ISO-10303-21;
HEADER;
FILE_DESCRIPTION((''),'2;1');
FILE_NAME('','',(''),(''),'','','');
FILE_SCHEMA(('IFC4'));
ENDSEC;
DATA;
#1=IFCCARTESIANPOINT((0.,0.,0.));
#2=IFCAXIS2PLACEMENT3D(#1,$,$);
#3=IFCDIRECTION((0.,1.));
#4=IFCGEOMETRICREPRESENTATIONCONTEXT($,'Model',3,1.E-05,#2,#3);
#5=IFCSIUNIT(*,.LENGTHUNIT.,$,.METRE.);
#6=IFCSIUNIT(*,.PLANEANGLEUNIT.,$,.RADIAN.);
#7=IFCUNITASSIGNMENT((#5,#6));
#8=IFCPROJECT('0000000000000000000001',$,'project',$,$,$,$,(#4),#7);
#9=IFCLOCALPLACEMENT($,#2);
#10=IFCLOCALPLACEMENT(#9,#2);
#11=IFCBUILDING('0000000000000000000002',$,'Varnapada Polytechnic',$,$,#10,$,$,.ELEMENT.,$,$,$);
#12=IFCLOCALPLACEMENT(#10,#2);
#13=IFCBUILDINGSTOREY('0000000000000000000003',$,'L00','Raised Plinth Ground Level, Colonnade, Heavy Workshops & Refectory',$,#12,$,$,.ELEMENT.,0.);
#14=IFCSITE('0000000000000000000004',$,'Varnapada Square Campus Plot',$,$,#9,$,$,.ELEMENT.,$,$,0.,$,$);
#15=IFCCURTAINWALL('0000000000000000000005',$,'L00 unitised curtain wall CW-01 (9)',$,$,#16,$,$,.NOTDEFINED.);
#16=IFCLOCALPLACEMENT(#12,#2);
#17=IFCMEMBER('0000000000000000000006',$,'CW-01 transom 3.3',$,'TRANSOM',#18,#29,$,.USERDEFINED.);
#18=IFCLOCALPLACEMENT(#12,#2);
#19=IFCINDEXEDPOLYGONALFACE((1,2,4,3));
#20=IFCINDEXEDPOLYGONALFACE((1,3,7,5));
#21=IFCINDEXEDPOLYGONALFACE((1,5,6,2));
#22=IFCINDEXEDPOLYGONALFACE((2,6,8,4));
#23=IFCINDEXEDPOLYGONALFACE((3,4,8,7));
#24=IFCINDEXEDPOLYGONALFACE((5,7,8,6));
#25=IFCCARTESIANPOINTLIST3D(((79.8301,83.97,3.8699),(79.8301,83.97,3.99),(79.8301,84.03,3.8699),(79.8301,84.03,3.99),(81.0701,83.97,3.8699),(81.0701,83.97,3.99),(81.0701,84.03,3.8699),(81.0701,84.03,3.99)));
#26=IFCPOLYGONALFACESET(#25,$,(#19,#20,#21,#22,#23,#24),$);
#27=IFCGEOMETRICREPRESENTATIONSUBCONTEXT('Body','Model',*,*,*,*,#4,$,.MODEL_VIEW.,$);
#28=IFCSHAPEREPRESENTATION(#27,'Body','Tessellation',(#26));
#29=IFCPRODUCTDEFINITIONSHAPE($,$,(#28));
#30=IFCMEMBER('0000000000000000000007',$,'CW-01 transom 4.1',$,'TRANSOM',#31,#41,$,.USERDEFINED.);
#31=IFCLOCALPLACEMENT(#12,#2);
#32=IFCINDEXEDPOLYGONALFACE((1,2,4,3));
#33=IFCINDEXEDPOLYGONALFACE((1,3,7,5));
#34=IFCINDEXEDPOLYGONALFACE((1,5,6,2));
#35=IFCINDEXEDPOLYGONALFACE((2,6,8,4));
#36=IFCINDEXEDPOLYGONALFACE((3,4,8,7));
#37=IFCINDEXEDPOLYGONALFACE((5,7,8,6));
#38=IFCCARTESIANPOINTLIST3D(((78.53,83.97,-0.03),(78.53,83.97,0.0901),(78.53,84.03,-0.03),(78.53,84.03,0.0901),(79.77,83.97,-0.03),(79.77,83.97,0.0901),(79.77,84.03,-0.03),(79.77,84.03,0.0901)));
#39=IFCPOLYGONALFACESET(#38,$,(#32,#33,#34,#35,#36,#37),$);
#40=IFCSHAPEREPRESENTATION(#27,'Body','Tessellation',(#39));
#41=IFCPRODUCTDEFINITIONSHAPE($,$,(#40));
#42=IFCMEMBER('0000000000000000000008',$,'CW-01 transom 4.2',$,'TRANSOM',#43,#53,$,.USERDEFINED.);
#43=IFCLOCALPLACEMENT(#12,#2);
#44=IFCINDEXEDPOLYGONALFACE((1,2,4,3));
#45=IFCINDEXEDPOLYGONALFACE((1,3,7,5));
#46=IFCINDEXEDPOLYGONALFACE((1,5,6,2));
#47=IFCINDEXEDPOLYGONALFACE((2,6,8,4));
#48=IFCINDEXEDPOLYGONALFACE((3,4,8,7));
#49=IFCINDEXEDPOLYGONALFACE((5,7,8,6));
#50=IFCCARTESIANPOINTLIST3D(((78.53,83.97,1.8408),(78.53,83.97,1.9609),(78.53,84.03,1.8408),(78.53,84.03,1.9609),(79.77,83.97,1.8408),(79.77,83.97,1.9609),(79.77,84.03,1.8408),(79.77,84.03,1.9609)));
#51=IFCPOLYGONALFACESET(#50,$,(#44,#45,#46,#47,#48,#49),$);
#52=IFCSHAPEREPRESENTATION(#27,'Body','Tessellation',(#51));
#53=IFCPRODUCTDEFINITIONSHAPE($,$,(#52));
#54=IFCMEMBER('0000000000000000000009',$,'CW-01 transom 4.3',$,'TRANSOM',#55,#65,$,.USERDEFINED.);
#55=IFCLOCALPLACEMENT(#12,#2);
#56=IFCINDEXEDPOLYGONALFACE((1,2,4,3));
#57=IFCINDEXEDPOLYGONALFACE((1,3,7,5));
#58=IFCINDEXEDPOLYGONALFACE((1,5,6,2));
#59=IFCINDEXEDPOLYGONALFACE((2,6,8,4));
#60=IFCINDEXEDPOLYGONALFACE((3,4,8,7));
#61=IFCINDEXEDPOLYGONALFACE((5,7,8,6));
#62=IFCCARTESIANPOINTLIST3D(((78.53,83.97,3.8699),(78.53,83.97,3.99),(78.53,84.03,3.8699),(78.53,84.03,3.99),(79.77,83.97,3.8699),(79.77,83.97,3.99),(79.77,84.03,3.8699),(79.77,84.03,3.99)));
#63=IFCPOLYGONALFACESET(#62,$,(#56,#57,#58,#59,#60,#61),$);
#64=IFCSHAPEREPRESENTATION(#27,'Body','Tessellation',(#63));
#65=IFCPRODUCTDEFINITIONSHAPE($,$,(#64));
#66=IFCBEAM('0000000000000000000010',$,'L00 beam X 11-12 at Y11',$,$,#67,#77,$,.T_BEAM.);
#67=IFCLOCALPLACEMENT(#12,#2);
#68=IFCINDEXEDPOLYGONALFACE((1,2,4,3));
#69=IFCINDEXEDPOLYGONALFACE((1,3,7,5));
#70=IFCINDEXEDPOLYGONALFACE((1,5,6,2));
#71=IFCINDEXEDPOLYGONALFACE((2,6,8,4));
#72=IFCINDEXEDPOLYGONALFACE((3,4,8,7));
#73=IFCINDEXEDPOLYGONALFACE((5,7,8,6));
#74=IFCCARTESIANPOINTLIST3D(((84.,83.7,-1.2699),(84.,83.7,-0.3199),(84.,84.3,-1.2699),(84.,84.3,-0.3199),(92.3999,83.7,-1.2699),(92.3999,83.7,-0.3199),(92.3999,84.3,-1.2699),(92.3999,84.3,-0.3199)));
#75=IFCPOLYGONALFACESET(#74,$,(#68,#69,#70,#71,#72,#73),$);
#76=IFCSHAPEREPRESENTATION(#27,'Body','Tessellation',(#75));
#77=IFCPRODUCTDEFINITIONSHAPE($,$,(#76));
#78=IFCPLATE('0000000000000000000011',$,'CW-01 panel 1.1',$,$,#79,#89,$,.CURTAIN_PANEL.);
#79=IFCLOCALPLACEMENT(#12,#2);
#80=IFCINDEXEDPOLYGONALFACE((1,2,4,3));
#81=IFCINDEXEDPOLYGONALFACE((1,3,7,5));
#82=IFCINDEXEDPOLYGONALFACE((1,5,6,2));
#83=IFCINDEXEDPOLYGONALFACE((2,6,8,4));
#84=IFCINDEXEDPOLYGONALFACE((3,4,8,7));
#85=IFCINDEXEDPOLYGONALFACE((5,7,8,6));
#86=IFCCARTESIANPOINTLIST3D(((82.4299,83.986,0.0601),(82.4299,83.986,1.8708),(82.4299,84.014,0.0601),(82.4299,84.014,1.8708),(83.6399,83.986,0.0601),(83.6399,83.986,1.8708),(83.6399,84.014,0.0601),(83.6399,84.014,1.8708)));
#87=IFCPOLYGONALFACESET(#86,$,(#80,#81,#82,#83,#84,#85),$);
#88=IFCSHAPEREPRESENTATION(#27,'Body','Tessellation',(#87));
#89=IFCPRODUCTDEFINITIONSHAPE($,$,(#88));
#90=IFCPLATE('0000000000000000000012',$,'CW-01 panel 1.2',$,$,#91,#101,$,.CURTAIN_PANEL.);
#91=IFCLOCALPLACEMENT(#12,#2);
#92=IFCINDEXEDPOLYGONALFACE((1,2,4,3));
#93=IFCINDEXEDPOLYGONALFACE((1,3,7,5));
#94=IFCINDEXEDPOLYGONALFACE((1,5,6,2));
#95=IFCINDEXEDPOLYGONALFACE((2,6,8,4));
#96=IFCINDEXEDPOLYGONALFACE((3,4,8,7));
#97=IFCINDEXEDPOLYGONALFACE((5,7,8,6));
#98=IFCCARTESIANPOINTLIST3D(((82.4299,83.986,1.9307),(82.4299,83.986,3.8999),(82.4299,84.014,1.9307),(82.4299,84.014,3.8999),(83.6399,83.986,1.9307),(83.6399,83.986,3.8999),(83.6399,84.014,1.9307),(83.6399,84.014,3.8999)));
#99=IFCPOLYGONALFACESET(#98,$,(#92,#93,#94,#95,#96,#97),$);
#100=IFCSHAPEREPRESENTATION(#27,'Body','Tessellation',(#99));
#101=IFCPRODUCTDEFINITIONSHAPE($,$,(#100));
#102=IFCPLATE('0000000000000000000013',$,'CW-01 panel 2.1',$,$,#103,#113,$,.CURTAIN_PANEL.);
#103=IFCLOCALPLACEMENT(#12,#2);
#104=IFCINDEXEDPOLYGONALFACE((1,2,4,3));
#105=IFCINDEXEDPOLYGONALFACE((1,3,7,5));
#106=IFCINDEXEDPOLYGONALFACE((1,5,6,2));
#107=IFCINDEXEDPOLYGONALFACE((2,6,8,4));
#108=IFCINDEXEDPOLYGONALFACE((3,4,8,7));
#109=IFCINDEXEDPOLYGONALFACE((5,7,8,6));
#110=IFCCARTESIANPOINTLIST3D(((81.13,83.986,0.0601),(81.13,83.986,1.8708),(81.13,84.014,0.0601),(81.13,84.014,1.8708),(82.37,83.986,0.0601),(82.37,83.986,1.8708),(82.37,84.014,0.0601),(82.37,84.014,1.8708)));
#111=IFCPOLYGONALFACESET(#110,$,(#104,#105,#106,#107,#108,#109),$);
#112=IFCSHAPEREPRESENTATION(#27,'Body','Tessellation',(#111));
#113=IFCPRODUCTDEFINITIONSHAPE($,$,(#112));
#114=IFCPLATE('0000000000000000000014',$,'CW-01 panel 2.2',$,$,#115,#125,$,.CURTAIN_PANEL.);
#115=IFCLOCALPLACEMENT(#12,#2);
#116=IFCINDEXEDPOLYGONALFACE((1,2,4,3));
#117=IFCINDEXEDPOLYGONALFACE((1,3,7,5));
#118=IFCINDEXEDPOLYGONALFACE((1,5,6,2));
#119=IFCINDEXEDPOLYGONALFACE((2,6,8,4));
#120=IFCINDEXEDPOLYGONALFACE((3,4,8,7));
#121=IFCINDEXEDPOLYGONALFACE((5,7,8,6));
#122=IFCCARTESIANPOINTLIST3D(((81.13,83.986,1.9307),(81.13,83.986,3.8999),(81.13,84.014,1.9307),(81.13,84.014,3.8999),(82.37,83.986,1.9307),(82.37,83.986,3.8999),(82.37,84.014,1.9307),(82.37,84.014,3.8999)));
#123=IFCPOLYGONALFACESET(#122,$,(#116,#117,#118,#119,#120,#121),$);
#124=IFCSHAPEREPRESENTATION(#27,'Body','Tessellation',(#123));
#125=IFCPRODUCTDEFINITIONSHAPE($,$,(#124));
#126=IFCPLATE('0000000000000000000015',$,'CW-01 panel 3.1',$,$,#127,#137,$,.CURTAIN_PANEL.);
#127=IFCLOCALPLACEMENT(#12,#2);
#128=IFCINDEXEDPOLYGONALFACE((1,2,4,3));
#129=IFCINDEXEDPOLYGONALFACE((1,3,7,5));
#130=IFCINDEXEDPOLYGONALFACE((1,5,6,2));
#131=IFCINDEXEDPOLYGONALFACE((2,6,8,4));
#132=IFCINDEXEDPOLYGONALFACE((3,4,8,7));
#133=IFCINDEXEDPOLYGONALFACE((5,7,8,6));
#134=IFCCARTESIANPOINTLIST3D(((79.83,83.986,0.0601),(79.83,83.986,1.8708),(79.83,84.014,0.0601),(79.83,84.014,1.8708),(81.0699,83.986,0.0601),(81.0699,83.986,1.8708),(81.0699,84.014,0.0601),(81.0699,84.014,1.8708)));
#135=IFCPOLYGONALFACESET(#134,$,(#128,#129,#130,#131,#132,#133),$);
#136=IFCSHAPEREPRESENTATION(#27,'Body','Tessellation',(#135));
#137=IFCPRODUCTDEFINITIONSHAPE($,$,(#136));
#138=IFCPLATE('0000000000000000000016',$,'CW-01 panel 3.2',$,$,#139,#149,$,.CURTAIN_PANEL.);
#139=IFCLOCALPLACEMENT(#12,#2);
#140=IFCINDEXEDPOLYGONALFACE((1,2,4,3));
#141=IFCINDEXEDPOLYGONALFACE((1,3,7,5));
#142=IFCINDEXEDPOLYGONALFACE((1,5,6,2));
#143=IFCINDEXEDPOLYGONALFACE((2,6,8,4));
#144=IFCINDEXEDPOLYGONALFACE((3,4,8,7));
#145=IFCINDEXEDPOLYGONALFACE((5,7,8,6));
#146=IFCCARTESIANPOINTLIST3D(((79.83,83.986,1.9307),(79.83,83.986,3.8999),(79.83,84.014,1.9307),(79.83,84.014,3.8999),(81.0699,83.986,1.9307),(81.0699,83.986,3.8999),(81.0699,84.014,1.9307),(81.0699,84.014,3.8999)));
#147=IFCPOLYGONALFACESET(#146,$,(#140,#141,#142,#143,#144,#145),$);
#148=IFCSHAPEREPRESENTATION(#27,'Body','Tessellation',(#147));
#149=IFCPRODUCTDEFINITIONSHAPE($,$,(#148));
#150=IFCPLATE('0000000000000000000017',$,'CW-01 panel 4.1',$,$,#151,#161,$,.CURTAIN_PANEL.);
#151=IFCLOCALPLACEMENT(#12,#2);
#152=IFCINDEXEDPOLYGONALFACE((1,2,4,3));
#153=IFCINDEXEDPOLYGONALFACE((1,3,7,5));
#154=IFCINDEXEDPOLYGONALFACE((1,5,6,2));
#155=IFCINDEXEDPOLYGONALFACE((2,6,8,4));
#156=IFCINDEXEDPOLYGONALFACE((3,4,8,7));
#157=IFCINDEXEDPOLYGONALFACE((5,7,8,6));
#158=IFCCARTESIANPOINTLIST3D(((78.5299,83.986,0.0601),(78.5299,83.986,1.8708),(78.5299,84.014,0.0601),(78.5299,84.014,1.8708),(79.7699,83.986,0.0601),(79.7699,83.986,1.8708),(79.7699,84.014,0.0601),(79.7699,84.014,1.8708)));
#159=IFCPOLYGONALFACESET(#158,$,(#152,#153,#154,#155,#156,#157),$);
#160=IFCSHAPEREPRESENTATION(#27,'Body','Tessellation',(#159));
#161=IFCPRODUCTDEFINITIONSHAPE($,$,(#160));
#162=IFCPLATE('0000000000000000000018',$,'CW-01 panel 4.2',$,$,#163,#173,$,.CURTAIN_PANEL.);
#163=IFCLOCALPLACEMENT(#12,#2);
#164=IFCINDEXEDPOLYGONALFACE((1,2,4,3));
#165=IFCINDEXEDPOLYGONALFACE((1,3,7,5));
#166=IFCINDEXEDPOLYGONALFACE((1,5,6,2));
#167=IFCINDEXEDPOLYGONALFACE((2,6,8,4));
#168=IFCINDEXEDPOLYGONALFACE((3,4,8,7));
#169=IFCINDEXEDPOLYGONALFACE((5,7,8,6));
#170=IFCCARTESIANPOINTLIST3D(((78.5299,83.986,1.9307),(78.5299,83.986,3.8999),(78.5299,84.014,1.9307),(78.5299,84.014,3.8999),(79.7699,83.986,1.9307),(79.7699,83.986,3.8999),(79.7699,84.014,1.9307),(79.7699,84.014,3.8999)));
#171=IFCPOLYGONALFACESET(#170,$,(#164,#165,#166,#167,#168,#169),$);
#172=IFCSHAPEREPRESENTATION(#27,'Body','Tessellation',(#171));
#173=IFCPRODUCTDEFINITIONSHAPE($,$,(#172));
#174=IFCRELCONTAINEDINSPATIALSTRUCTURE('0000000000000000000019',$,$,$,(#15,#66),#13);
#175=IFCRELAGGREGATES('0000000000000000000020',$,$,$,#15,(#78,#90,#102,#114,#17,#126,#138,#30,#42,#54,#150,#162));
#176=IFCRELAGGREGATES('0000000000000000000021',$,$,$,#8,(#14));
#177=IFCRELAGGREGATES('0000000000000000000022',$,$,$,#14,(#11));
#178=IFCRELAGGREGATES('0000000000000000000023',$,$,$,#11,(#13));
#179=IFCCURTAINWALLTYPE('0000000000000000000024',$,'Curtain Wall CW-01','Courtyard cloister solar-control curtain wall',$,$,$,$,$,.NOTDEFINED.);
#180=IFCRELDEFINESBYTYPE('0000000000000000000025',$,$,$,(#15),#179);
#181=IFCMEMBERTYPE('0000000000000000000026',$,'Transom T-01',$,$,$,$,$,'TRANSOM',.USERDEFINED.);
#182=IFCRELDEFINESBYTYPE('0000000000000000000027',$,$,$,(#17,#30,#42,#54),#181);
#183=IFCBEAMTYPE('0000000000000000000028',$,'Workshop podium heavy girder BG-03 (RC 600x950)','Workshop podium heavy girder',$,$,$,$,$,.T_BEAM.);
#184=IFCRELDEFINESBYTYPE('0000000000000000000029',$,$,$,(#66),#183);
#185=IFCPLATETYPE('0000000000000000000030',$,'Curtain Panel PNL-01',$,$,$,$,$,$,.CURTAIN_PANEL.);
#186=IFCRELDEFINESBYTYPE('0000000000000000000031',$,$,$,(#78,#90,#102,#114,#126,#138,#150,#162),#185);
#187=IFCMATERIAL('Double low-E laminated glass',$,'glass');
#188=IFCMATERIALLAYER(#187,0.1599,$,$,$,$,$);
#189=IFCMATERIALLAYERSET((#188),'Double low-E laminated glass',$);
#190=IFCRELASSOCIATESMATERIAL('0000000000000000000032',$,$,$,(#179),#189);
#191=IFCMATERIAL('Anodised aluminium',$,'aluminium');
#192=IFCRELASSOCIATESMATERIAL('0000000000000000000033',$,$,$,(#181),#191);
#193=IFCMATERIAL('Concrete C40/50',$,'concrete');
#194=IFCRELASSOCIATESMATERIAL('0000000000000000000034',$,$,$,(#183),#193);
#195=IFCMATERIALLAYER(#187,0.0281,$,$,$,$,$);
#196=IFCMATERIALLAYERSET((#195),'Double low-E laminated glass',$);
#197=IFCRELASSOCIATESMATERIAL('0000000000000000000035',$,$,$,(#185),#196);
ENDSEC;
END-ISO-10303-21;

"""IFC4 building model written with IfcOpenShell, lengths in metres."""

from ifc_helpers import new_model, si_unit, direction, frame, origin, origin_2d, place, context, subcontext, project, spatial, rectangle, extrude, material, layer, layer_set, material_profile, profile_set, type_object, element, aggregate, save


model = new_model("IFC4")

# Units and contexts
model_context = context("Model", 3, precision=1e-05, world=origin(), true_north=direction((0.0, 1.0)))
body_context = subcontext(model_context, "Body", "Model", "MODEL_VIEW")
ifc_project = project(units=[si_unit("LENGTHUNIT", "METRE"), si_unit("PLANEANGLEUNIT", "RADIAN")], contexts=[model_context])

# Site, building, storey
site_placement = place(None, origin())
site = spatial("IfcSite", under=ifc_project, at=site_placement, Name="Varnapada Square Campus Plot", CompositionType="ELEMENT", RefElevation=0.0)
building_placement = place(site_placement, origin())
building = spatial("IfcBuilding", under=site, at=building_placement, Name="Varnapada Polytechnic", CompositionType="ELEMENT")
storey_placement = place(building_placement, origin())
storey = spatial("IfcBuildingStorey", under=building, at=storey_placement, Name="L00", Description="Raised Plinth Ground Level, Colonnade, Heavy Workshops & Refectory", CompositionType="ELEMENT", Elevation=0.0)

# Shared definitions
ifc_material_1 = material(Name="Concrete C40/50", Category="concrete")

# Curtain wall, members
ifc_material_2 = material(Name="Double low-E laminated glass", Category="glass")
ifc_layer_1 = layer(ifc_material_2, 0.1599)
ifc_layer_set_1 = layer_set([ifc_layer_1], Name="Double low-E laminated glass")
curtain_wall_type = type_object("IfcCurtainWallType", Name="Curtain Wall CW-01", Description="Courtyard cloister solar-control curtain wall", PredefinedType="NOTDEFINED", material=ifc_layer_set_1)
curtain_wall_placement = place(storey_placement, origin())
curtain_wall = element("IfcCurtainWall", 1, at=curtain_wall_placement, inside=storey, type_object=curtain_wall_type, Name="L00 unitised curtain wall CW-01 (9)", PredefinedType="NOTDEFINED")
ifc_material_3 = material(Name="Anodised aluminium", Category="aluminium")
ifc_material_profile_1 = material_profile(ifc_material_3, rectangle(XDim=0.0601, YDim=0.1201, at=origin_2d()), Name="ALU T60x120")
ifc_profile_set_1 = profile_set([ifc_material_profile_1], Name="Anodised aluminium")
member_type_1 = type_object("IfcMemberType", Name="Transom T-01", ElementType="TRANSOM", PredefinedType="USERDEFINED", material=ifc_profile_set_1)
member_1_placement = place(storey_placement, frame((81.0701, 84.0, 3.9299), z_axis=(-1.0, 0.0, 0.0), x_axis=(0.0, -1.0, 0.0)))
member_1 = element("IfcMember", 2, at=member_1_placement, type_object=member_type_1, Name="CW-01 transom 3.3", ObjectType="TRANSOM", PredefinedType="USERDEFINED", context=body_context, shape_type="SweptSolid", body=[
    extrude(rectangle(XDim=0.0601, YDim=0.1201, at=origin_2d()), origin(), (0.0, 0.0, 1.0), 1.24),
])
member_2_placement = place(storey_placement, frame((79.77, 84.0, 0.03), z_axis=(-1.0, 0.0, 0.0), x_axis=(0.0, -1.0, 0.0)))
member_2 = element("IfcMember", 3, at=member_2_placement, type_object=member_type_1, Name="CW-01 transom 4.1", ObjectType="TRANSOM", PredefinedType="USERDEFINED", context=body_context, shape_type="SweptSolid", body=[
    extrude(rectangle(XDim=0.0601, YDim=0.1201, at=origin_2d()), origin(), (0.0, 0.0, 1.0), 1.24),
])
member_3_placement = place(storey_placement, frame((79.77, 84.0, 1.9009), z_axis=(-1.0, 0.0, 0.0), x_axis=(0.0, -1.0, 0.0)))
member_3 = element("IfcMember", 4, at=member_3_placement, type_object=member_type_1, Name="CW-01 transom 4.2", ObjectType="TRANSOM", PredefinedType="USERDEFINED", context=body_context, shape_type="SweptSolid", body=[
    extrude(rectangle(XDim=0.0601, YDim=0.1201, at=origin_2d()), origin(), (0.0, 0.0, 1.0), 1.24),
])
member_4_placement = place(storey_placement, frame((79.77, 84.0, 3.9299), z_axis=(-1.0, 0.0, 0.0), x_axis=(0.0, -1.0, 0.0)))
member_4 = element("IfcMember", 5, at=member_4_placement, type_object=member_type_1, Name="CW-01 transom 4.3", ObjectType="TRANSOM", PredefinedType="USERDEFINED", context=body_context, shape_type="SweptSolid", body=[
    extrude(rectangle(XDim=0.0601, YDim=0.1201, at=origin_2d()), origin(), (0.0, 0.0, 1.0), 1.24),
])

# Beam
ifc_material_profile_2 = material_profile(ifc_material_1, rectangle(XDim=0.6001, YDim=0.95, at=origin_2d()), Name="RC 600x950")
ifc_profile_set_2 = profile_set([ifc_material_profile_2], Name="Concrete C40/50")
beam_type = type_object("IfcBeamType", Name="Workshop podium heavy girder BG-03 (RC 600x950)", Description="Workshop podium heavy girder", PredefinedType="T_BEAM", material=ifc_profile_set_2)
beam_placement = place(storey_placement, frame((84.0, 84.0, -0.7949), z_axis=(1.0, 0.0, 0.0), x_axis=(0.0, 1.0, 0.0)))
element("IfcBeam", 6, at=beam_placement, inside=storey, type_object=beam_type, Name="L00 beam X 11-12 at Y11", PredefinedType="T_BEAM", context=body_context, shape_type="SweptSolid", body=[
    extrude(rectangle(XDim=0.6001, YDim=0.95, at=origin_2d()), origin(), (0.0, 0.0, 1.0), 8.3999),
])

# Plates
ifc_layer_2 = layer(ifc_material_2, 0.0281)
ifc_layer_set_2 = layer_set([ifc_layer_2], Name="Double low-E laminated glass")
plate_type = type_object("IfcPlateType", Name="Curtain Panel PNL-01", PredefinedType="CURTAIN_PANEL", material=ifc_layer_set_2)
plate_1_placement = place(storey_placement, frame((83.0349, 84.0, 0.0601), z_axis=(0.0, 0.0, 1.0), x_axis=(-1.0, 0.0, 0.0)))
plate_1 = element("IfcPlate", 7, at=plate_1_placement, type_object=plate_type, Name="CW-01 panel 1.1", PredefinedType="CURTAIN_PANEL", context=body_context, shape_type="SweptSolid", body=[
    extrude(rectangle(XDim=1.21, YDim=0.0281, at=origin_2d()), origin(), (0.0, 0.0, 1.0), 1.8108),
])
plate_2_placement = place(storey_placement, frame((83.0349, 84.0, 1.9307), z_axis=(0.0, 0.0, 1.0), x_axis=(-1.0, 0.0, 0.0)))
plate_2 = element("IfcPlate", 8, at=plate_2_placement, type_object=plate_type, Name="CW-01 panel 1.2", PredefinedType="CURTAIN_PANEL", context=body_context, shape_type="SweptSolid", body=[
    extrude(rectangle(XDim=1.21, YDim=0.0281, at=origin_2d()), origin(), (0.0, 0.0, 1.0), 1.9692),
])
plate_3_placement = place(storey_placement, frame((81.75, 84.0, 0.0601), z_axis=(0.0, 0.0, 1.0), x_axis=(-1.0, 0.0, 0.0)))
plate_3 = element("IfcPlate", 9, at=plate_3_placement, type_object=plate_type, Name="CW-01 panel 2.1", PredefinedType="CURTAIN_PANEL", context=body_context, shape_type="SweptSolid", body=[
    extrude(rectangle(XDim=1.24, YDim=0.0281, at=origin_2d()), origin(), (0.0, 0.0, 1.0), 1.8108),
])
plate_4_placement = place(storey_placement, frame((81.75, 84.0, 1.9307), z_axis=(0.0, 0.0, 1.0), x_axis=(-1.0, 0.0, 0.0)))
plate_4 = element("IfcPlate", 10, at=plate_4_placement, type_object=plate_type, Name="CW-01 panel 2.2", PredefinedType="CURTAIN_PANEL", context=body_context, shape_type="SweptSolid", body=[
    extrude(rectangle(XDim=1.24, YDim=0.0281, at=origin_2d()), origin(), (0.0, 0.0, 1.0), 1.9692),
])
plate_5_placement = place(storey_placement, frame((80.45, 84.0, 0.0601), z_axis=(0.0, 0.0, 1.0), x_axis=(-1.0, 0.0, 0.0)))
plate_5 = element("IfcPlate", 11, at=plate_5_placement, type_object=plate_type, Name="CW-01 panel 3.1", PredefinedType="CURTAIN_PANEL", context=body_context, shape_type="SweptSolid", body=[
    extrude(rectangle(XDim=1.24, YDim=0.0281, at=origin_2d()), origin(), (0.0, 0.0, 1.0), 1.8108),
])
plate_6_placement = place(storey_placement, frame((80.45, 84.0, 1.9307), z_axis=(0.0, 0.0, 1.0), x_axis=(-1.0, 0.0, 0.0)))
plate_6 = element("IfcPlate", 12, at=plate_6_placement, type_object=plate_type, Name="CW-01 panel 3.2", PredefinedType="CURTAIN_PANEL", context=body_context, shape_type="SweptSolid", body=[
    extrude(rectangle(XDim=1.24, YDim=0.0281, at=origin_2d()), origin(), (0.0, 0.0, 1.0), 1.9692),
])
plate_7_placement = place(storey_placement, frame((79.1499, 84.0, 0.0601), z_axis=(0.0, 0.0, 1.0), x_axis=(-1.0, 0.0, 0.0)))
plate_7 = element("IfcPlate", 13, at=plate_7_placement, type_object=plate_type, Name="CW-01 panel 4.1", PredefinedType="CURTAIN_PANEL", context=body_context, shape_type="SweptSolid", body=[
    extrude(rectangle(XDim=1.24, YDim=0.0281, at=origin_2d()), origin(), (0.0, 0.0, 1.0), 1.8108),
])
plate_8_placement = place(storey_placement, frame((79.1499, 84.0, 1.9307), z_axis=(0.0, 0.0, 1.0), x_axis=(-1.0, 0.0, 0.0)))
plate_8 = element("IfcPlate", 14, at=plate_8_placement, type_object=plate_type, Name="CW-01 panel 4.2", PredefinedType="CURTAIN_PANEL", context=body_context, shape_type="SweptSolid", body=[
    extrude(rectangle(XDim=1.24, YDim=0.0281, at=origin_2d()), origin(), (0.0, 0.0, 1.0), 1.9692),
])
aggregate(curtain_wall, [plate_1, plate_2, plate_3, plate_4, member_1, plate_5, plate_6, member_2, member_3, member_4, plate_7, plate_8])

save(model, "model.ifc")
